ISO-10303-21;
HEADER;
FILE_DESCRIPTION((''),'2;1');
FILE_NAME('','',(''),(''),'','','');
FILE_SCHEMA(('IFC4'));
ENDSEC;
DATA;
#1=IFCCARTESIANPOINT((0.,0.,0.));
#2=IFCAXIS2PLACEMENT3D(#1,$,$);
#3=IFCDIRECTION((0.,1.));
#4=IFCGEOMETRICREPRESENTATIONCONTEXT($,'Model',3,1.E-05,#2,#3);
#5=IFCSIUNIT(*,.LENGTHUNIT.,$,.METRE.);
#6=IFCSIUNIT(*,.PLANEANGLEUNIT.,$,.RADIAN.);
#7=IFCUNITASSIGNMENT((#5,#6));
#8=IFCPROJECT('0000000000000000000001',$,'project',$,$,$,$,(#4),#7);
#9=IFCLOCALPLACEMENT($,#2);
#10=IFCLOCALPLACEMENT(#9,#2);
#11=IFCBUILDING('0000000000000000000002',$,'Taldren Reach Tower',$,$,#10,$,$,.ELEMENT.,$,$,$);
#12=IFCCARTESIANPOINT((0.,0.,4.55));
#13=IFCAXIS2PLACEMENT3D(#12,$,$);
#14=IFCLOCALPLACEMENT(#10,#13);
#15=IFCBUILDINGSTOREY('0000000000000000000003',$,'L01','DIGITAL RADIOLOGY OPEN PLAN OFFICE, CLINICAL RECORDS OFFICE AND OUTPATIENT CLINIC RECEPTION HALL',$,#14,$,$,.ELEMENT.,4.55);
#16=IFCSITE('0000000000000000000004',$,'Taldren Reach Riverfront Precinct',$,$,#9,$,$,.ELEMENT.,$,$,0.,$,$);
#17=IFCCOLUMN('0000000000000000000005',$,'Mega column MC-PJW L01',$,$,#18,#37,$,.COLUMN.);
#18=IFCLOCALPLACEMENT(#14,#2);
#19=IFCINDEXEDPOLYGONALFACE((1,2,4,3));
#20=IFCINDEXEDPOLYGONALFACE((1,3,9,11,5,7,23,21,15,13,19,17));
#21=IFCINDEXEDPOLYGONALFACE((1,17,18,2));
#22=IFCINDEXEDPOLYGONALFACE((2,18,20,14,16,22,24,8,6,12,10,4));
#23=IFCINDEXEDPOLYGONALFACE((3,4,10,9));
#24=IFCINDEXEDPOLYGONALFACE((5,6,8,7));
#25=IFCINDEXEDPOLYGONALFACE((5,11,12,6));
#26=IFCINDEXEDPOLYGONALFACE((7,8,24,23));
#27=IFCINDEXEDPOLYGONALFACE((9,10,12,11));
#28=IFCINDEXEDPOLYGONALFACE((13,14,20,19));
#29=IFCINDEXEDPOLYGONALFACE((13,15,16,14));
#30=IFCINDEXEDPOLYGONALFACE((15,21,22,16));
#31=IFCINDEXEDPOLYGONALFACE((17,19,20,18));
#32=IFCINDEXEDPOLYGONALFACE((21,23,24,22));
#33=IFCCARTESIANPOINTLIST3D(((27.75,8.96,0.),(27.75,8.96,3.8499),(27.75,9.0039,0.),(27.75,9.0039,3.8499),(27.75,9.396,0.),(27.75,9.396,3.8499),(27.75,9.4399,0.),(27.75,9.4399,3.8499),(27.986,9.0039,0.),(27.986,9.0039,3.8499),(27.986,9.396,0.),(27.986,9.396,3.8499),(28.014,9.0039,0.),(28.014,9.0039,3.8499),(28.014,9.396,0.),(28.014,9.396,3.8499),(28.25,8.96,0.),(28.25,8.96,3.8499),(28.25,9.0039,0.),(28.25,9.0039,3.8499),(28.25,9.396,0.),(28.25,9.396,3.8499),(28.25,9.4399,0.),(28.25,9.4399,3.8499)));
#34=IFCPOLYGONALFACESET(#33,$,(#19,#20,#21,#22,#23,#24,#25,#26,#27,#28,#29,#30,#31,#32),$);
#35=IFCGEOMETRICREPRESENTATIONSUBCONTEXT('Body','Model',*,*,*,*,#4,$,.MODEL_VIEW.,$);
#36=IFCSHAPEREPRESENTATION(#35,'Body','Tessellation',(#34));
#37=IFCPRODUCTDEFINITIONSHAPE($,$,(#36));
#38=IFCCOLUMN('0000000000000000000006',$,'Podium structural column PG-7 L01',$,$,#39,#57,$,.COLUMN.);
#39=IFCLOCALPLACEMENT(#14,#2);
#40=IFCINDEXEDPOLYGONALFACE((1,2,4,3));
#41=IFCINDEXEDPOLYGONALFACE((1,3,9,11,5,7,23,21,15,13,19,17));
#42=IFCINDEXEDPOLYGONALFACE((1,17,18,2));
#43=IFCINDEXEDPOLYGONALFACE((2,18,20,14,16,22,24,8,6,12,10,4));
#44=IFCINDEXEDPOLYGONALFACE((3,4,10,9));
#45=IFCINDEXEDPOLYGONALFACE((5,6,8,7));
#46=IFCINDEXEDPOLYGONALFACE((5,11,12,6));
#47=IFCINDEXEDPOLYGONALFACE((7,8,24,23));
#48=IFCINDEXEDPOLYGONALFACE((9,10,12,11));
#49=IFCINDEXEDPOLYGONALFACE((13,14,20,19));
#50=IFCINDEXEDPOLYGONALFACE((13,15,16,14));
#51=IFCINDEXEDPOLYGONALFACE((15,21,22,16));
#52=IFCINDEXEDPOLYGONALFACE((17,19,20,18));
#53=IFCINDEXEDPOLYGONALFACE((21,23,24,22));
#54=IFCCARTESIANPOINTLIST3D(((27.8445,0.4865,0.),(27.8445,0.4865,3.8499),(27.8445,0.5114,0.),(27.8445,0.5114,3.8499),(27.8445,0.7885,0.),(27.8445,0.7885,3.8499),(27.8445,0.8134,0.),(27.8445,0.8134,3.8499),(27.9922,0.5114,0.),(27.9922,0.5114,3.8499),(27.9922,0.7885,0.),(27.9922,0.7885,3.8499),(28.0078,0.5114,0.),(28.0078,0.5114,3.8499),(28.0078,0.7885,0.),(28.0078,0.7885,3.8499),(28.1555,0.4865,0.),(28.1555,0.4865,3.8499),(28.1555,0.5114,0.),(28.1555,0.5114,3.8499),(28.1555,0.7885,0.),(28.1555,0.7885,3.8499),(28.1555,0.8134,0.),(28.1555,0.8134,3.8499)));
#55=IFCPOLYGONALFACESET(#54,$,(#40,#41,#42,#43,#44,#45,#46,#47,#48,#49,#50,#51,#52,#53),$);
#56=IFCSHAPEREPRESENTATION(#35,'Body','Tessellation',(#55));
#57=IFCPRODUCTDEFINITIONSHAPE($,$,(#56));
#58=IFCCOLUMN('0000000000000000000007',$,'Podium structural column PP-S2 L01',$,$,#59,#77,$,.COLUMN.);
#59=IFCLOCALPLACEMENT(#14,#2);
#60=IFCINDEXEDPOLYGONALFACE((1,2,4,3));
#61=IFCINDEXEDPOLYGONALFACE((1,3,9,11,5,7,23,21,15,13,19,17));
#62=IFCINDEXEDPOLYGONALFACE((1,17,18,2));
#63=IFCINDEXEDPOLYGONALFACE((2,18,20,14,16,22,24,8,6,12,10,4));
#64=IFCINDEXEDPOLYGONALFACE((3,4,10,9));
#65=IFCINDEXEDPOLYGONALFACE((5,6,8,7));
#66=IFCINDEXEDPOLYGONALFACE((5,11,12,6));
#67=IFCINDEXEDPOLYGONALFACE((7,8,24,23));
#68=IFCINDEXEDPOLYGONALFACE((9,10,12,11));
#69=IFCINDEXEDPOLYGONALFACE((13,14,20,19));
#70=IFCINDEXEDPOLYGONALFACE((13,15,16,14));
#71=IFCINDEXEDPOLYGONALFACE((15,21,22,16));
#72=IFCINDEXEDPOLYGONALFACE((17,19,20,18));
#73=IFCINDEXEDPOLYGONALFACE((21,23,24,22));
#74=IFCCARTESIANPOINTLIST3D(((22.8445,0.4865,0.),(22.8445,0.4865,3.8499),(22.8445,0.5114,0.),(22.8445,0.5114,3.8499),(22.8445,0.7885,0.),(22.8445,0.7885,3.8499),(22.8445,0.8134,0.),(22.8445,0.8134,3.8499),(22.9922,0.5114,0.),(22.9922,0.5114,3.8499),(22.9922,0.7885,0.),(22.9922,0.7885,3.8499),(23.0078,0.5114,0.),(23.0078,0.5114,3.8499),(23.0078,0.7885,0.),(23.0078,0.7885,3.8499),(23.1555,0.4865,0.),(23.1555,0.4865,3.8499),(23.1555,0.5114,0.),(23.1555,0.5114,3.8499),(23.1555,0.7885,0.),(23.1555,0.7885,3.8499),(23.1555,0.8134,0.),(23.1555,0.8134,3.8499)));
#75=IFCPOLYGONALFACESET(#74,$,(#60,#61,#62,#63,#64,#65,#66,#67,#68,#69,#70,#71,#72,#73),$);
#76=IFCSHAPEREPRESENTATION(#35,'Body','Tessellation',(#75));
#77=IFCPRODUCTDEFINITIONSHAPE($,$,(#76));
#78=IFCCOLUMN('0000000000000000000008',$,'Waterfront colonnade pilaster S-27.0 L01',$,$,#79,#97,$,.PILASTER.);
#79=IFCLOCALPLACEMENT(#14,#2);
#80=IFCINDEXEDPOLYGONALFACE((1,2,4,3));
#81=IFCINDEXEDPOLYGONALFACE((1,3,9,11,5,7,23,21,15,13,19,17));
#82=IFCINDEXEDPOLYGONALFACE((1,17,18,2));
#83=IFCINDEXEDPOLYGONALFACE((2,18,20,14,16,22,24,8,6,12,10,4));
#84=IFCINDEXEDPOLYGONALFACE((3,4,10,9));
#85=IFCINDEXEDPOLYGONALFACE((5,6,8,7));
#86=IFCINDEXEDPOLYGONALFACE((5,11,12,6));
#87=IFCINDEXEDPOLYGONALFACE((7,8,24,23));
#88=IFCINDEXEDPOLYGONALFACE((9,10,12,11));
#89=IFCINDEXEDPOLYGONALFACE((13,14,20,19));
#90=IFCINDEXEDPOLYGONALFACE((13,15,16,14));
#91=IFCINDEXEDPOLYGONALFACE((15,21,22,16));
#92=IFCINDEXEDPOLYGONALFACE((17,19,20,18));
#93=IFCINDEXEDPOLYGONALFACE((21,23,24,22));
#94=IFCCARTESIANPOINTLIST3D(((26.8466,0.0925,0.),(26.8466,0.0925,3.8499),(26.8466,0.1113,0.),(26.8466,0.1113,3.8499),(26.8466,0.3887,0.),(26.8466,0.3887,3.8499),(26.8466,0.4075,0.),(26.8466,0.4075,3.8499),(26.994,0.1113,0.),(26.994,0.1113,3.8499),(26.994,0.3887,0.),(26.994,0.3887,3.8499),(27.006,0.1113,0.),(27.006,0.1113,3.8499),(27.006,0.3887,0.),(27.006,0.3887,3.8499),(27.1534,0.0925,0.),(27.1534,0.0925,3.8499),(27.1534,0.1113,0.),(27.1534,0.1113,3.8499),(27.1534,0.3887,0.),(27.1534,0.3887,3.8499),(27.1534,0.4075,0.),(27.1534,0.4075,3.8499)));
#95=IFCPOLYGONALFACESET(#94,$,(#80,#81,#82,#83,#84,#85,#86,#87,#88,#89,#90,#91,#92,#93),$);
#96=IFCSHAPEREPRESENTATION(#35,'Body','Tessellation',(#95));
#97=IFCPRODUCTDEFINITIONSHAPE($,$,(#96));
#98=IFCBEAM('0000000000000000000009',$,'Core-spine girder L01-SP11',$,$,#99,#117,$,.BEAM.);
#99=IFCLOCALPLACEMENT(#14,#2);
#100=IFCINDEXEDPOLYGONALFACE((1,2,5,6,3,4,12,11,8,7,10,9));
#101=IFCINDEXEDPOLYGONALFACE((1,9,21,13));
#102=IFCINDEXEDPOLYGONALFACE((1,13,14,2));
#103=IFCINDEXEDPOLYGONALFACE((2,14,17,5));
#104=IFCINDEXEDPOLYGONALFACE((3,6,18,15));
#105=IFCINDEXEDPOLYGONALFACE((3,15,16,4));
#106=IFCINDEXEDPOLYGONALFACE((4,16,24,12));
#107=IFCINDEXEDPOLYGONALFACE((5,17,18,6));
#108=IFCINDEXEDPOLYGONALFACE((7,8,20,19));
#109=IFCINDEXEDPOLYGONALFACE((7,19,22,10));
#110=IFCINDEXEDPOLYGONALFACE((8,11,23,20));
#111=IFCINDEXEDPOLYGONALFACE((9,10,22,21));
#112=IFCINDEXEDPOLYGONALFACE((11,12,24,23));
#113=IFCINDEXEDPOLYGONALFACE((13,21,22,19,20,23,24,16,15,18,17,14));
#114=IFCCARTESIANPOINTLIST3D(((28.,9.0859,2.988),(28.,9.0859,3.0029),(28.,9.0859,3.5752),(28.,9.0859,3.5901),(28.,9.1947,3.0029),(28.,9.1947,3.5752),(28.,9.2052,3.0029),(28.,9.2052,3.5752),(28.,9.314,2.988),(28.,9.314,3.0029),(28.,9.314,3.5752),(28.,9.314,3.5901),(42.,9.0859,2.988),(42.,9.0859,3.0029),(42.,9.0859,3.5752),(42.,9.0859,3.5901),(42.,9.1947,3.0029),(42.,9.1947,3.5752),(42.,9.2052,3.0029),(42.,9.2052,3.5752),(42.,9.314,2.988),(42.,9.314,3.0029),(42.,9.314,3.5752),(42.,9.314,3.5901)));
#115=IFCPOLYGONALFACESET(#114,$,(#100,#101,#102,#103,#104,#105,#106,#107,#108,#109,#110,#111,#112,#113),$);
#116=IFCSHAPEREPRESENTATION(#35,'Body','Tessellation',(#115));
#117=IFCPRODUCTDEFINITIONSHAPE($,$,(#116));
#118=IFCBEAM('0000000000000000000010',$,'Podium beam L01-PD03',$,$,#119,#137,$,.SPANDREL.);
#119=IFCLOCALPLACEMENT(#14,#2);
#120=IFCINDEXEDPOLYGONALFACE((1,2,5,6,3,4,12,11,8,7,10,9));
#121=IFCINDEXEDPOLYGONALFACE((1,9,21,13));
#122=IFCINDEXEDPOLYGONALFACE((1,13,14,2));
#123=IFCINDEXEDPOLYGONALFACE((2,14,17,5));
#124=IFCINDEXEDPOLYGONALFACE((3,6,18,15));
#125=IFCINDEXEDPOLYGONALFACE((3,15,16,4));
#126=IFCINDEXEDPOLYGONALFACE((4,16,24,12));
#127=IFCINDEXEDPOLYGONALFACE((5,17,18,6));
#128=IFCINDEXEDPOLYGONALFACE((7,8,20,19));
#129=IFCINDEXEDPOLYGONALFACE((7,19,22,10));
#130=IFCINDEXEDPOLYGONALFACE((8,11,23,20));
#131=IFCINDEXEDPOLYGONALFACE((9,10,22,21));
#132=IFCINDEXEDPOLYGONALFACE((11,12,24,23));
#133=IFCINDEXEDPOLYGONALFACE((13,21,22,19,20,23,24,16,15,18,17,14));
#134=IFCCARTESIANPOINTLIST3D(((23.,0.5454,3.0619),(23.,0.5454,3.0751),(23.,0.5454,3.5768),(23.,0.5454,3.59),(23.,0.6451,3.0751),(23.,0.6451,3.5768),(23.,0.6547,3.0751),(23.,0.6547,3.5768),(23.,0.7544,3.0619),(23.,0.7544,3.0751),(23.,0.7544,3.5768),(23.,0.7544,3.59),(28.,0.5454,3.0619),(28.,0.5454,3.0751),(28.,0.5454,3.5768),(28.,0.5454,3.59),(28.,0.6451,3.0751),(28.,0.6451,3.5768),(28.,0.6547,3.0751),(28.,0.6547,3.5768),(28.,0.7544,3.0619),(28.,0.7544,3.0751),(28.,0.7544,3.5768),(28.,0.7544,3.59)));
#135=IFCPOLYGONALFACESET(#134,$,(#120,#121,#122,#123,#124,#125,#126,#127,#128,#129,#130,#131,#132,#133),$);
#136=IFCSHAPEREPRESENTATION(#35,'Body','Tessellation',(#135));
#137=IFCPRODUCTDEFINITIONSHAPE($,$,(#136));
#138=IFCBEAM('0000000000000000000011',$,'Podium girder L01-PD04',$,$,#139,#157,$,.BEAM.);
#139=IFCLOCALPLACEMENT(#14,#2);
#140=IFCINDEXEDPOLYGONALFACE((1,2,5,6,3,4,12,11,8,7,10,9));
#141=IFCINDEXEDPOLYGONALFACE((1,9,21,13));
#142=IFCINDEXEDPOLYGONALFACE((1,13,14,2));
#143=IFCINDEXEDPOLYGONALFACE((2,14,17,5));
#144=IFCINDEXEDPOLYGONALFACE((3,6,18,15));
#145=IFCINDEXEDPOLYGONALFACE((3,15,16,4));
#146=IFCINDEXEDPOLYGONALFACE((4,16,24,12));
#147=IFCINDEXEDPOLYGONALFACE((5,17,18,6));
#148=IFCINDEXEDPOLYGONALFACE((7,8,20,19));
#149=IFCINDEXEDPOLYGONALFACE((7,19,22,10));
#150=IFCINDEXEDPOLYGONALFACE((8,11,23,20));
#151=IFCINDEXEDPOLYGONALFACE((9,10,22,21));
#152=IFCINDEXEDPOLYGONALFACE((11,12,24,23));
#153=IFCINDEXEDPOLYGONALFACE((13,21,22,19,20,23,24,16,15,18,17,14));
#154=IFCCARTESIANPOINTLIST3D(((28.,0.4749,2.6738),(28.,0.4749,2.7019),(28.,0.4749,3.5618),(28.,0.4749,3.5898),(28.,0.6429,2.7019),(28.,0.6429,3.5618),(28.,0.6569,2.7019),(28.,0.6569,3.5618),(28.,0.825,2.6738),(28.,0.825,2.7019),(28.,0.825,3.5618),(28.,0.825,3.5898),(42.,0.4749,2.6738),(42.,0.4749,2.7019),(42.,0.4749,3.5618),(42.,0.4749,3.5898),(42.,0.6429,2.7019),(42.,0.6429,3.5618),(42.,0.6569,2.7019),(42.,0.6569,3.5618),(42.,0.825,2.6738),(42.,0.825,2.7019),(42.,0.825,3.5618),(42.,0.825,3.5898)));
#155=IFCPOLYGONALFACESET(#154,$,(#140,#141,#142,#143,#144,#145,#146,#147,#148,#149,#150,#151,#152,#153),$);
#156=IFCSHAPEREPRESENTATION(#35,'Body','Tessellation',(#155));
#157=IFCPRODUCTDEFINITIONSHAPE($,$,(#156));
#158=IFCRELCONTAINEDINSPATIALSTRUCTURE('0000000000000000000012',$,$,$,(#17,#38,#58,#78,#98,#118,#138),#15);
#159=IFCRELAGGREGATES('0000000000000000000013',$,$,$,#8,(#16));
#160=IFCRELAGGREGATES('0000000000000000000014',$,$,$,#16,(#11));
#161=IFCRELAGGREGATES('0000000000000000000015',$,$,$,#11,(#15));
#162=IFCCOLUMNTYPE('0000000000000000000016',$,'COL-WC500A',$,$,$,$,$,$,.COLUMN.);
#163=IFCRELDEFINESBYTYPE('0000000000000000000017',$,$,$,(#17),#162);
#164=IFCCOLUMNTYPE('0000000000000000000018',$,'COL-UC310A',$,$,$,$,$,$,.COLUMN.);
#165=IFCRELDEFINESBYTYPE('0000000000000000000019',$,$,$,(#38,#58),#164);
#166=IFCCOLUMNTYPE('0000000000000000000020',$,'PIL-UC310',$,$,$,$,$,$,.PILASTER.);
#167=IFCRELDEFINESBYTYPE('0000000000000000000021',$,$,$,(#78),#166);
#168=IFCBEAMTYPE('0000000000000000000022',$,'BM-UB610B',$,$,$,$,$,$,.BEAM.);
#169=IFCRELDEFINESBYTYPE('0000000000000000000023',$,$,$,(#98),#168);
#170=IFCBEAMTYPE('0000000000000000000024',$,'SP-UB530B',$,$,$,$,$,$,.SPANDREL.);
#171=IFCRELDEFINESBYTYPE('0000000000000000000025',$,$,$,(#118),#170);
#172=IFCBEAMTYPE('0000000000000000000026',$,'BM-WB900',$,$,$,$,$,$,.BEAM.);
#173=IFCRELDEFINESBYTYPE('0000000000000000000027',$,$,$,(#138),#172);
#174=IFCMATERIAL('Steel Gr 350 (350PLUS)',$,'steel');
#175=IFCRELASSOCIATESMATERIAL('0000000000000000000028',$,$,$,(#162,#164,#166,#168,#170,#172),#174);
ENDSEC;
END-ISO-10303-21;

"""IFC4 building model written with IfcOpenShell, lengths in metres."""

from ifc_helpers import new_model, si_unit, direction, frame, origin, origin_2d, place, context, subcontext, project, spatial, i_section, extrude, source, transform, mapped, material, material_profile, profile_set, type_object, element, save


model = new_model("IFC4")

# Units and contexts
model_context = context("Model", 3, precision=1e-05, world=origin(), true_north=direction((0.0, 1.0)))
body_context = subcontext(model_context, "Body", "Model", "MODEL_VIEW")
ifc_project = project(units=[si_unit("LENGTHUNIT", "METRE"), si_unit("PLANEANGLEUNIT", "RADIAN")], contexts=[model_context])

# Site, building, storey
site_placement = place(None, origin())
site = spatial("IfcSite", under=ifc_project, at=site_placement, Name="Taldren Reach Riverfront Precinct", CompositionType="ELEMENT", RefElevation=0.0)
building_placement = place(site_placement, origin())
building = spatial("IfcBuilding", under=site, at=building_placement, Name="Taldren Reach Tower", CompositionType="ELEMENT")
storey_placement = place(building_placement, frame((0.0, 0.0, 4.55)))
storey = spatial("IfcBuildingStorey", under=building, at=storey_placement, Name="L01", Description="DIGITAL RADIOLOGY OPEN PLAN OFFICE, CLINICAL RECORDS OFFICE AND OUTPATIENT CLINIC RECEPTION HALL", CompositionType="ELEMENT", Elevation=4.55)

# Columns
ifc_material_1 = material(Name="Steel Gr 350 (350PLUS)", Category="steel")
ifc_material_profile_1 = material_profile(ifc_material_1, i_section(OverallWidth=0.5, OverallDepth=0.48, WebThickness=0.0281, FlangeThickness=0.0439, at=origin_2d()), Name="500WC440")
ifc_profile_set_1 = profile_set([ifc_material_profile_1], Name="Steel Gr 350 (350PLUS)")
column_type_1 = type_object("IfcColumnType", Name="COL-WC500A", PredefinedType="COLUMN", material=ifc_profile_set_1)
shared_shape_1 = source(origin(), body_context, "Body", "SweptSolid", [
    extrude(i_section(OverallWidth=0.5, OverallDepth=0.48, WebThickness=0.0281, FlangeThickness=0.0439, at=origin_2d()), origin(), (0.0, 0.0, 1.0), 3.8499),
])
column_1_placement = place(storey_placement, frame((28.0, 9.2, 0.0), z_axis=(0.0, 0.0, 1.0), x_axis=(1.0, 0.0, 0.0)))
element("IfcColumn", 1, at=column_1_placement, inside=storey, type_object=column_type_1, Name="Mega column MC-PJW L01", PredefinedType="COLUMN", context=body_context, shape_type="MappedRepresentation", body=[
    mapped(shared_shape_1, transform((0.0, 0.0, 0.0), scale=1.0)),
])
ifc_material_profile_2 = material_profile(ifc_material_1, i_section(OverallWidth=0.311, OverallDepth=0.3269, WebThickness=0.0156, FlangeThickness=0.0249, at=origin_2d()), Name="310UC158")
ifc_profile_set_2 = profile_set([ifc_material_profile_2], Name="Steel Gr 350 (350PLUS)")
column_type_2 = type_object("IfcColumnType", Name="COL-UC310A", PredefinedType="COLUMN", material=ifc_profile_set_2)
shared_shape_2 = source(origin(), body_context, "Body", "SweptSolid", [
    extrude(i_section(OverallWidth=0.311, OverallDepth=0.3269, WebThickness=0.0156, FlangeThickness=0.0249, at=origin_2d()), origin(), (0.0, 0.0, 1.0), 3.8499),
])
for number, where, z_axis, x_axis, name in (
    (2, (28.0, 0.6499, 0.0), (0.0, 0.0, 1.0), (1.0, 0.0, 0.0), "Podium structural column PG-7 L01"),
    (3, (23.0, 0.6499, 0.0), (0.0, 0.0, 1.0), (1.0, 0.0, 0.0), "Podium structural column PP-S2 L01"),
):
    element("IfcColumn", number, at=place(storey_placement, frame(where, z_axis=z_axis, x_axis=x_axis)), inside=storey, type_object=column_type_2, Name=name, PredefinedType="COLUMN", context=body_context, shape_type="MappedRepresentation", body=[
        mapped(shared_shape_2, transform((0.0, 0.0, 0.0), scale=1.0)),
    ])
ifc_material_profile_3 = material_profile(ifc_material_1, i_section(OverallWidth=0.3069, OverallDepth=0.3149, WebThickness=0.012, FlangeThickness=0.0188, at=origin_2d()), Name="310UC118")
ifc_profile_set_3 = profile_set([ifc_material_profile_3], Name="Steel Gr 350 (350PLUS)")
column_type_3 = type_object("IfcColumnType", Name="PIL-UC310", PredefinedType="PILASTER", material=ifc_profile_set_3)
shared_shape_3 = source(origin(), body_context, "Body", "SweptSolid", [
    extrude(i_section(OverallWidth=0.3069, OverallDepth=0.3149, WebThickness=0.012, FlangeThickness=0.0188, at=origin_2d()), origin(), (0.0, 0.0, 1.0), 3.8499),
])
column_2_placement = place(storey_placement, frame((27.0, 0.25, 0.0), z_axis=(0.0, 0.0, 1.0), x_axis=(1.0, 0.0, 0.0)))
element("IfcColumn", 4, at=column_2_placement, inside=storey, type_object=column_type_3, Name="Waterfront colonnade pilaster S-27.0 L01", PredefinedType="PILASTER", context=body_context, shape_type="MappedRepresentation", body=[
    mapped(shared_shape_3, transform((0.0, 0.0, 0.0), scale=1.0)),
])

# Beams
ifc_material_profile_4 = material_profile(ifc_material_1, i_section(OverallWidth=0.228, OverallDepth=0.6021, WebThickness=0.0105, FlangeThickness=0.0149, at=origin_2d()), Name="610UB101")
ifc_profile_set_4 = profile_set([ifc_material_profile_4], Name="Steel Gr 350 (350PLUS)")
beam_type_1 = type_object("IfcBeamType", Name="BM-UB610B", PredefinedType="BEAM", material=ifc_profile_set_4)
shared_shape_4 = source(origin(), body_context, "Body", "SweptSolid", [
    extrude(i_section(OverallWidth=0.228, OverallDepth=0.6021, WebThickness=0.0105, FlangeThickness=0.0149, at=origin_2d()), origin(), (0.0, 0.0, 1.0), 14.0),
])
beam_1_placement = place(storey_placement, frame((28.0, 9.2, 3.2891), z_axis=(1.0, 0.0, 0.0), x_axis=(0.0, 1.0, 0.0)))
element("IfcBeam", 5, at=beam_1_placement, inside=storey, type_object=beam_type_1, Name="Core-spine girder L01-SP11", PredefinedType="BEAM", context=body_context, shape_type="MappedRepresentation", body=[
    mapped(shared_shape_4, transform((0.0, 0.0, 0.0), scale=1.0)),
])
ifc_material_profile_5 = material_profile(ifc_material_1, i_section(OverallWidth=0.209, OverallDepth=0.5281, WebThickness=0.0095, FlangeThickness=0.0132, at=origin_2d()), Name="530UB82.0")
ifc_profile_set_5 = profile_set([ifc_material_profile_5], Name="Steel Gr 350 (350PLUS)")
beam_type_2 = type_object("IfcBeamType", Name="SP-UB530B", PredefinedType="SPANDREL", material=ifc_profile_set_5)
shared_shape_5 = source(origin(), body_context, "Body", "SweptSolid", [
    extrude(i_section(OverallWidth=0.209, OverallDepth=0.5281, WebThickness=0.0095, FlangeThickness=0.0132, at=origin_2d()), origin(), (0.0, 0.0, 1.0), 5.0),
])
beam_2_placement = place(storey_placement, frame((23.0, 0.6499, 3.3259), z_axis=(1.0, 0.0, 0.0), x_axis=(0.0, 1.0, 0.0)))
element("IfcBeam", 6, at=beam_2_placement, inside=storey, type_object=beam_type_2, Name="Podium beam L01-PD03", PredefinedType="SPANDREL", context=body_context, shape_type="MappedRepresentation", body=[
    mapped(shared_shape_5, transform((0.0, 0.0, 0.0), scale=1.0)),
])
ifc_material_profile_6 = material_profile(ifc_material_1, i_section(OverallWidth=0.3501, OverallDepth=0.916, WebThickness=0.0139, FlangeThickness=0.0281, at=origin_2d()), Name="900WB257")
ifc_profile_set_6 = profile_set([ifc_material_profile_6], Name="Steel Gr 350 (350PLUS)")
beam_type_3 = type_object("IfcBeamType", Name="BM-WB900", PredefinedType="BEAM", material=ifc_profile_set_6)
shared_shape_6 = source(origin(), body_context, "Body", "SweptSolid", [
    extrude(i_section(OverallWidth=0.3501, OverallDepth=0.916, WebThickness=0.0139, FlangeThickness=0.0281, at=origin_2d()), origin(), (0.0, 0.0, 1.0), 14.0),
])
beam_3_placement = place(storey_placement, frame((28.0, 0.6499, 3.1318), z_axis=(1.0, 0.0, 0.0), x_axis=(0.0, 1.0, 0.0)))
element("IfcBeam", 7, at=beam_3_placement, inside=storey, type_object=beam_type_3, Name="Podium girder L01-PD04", PredefinedType="BEAM", context=body_context, shape_type="MappedRepresentation", body=[
    mapped(shared_shape_6, transform((0.0, 0.0, 0.0), scale=1.0)),
])

save(model, "model.ifc")
